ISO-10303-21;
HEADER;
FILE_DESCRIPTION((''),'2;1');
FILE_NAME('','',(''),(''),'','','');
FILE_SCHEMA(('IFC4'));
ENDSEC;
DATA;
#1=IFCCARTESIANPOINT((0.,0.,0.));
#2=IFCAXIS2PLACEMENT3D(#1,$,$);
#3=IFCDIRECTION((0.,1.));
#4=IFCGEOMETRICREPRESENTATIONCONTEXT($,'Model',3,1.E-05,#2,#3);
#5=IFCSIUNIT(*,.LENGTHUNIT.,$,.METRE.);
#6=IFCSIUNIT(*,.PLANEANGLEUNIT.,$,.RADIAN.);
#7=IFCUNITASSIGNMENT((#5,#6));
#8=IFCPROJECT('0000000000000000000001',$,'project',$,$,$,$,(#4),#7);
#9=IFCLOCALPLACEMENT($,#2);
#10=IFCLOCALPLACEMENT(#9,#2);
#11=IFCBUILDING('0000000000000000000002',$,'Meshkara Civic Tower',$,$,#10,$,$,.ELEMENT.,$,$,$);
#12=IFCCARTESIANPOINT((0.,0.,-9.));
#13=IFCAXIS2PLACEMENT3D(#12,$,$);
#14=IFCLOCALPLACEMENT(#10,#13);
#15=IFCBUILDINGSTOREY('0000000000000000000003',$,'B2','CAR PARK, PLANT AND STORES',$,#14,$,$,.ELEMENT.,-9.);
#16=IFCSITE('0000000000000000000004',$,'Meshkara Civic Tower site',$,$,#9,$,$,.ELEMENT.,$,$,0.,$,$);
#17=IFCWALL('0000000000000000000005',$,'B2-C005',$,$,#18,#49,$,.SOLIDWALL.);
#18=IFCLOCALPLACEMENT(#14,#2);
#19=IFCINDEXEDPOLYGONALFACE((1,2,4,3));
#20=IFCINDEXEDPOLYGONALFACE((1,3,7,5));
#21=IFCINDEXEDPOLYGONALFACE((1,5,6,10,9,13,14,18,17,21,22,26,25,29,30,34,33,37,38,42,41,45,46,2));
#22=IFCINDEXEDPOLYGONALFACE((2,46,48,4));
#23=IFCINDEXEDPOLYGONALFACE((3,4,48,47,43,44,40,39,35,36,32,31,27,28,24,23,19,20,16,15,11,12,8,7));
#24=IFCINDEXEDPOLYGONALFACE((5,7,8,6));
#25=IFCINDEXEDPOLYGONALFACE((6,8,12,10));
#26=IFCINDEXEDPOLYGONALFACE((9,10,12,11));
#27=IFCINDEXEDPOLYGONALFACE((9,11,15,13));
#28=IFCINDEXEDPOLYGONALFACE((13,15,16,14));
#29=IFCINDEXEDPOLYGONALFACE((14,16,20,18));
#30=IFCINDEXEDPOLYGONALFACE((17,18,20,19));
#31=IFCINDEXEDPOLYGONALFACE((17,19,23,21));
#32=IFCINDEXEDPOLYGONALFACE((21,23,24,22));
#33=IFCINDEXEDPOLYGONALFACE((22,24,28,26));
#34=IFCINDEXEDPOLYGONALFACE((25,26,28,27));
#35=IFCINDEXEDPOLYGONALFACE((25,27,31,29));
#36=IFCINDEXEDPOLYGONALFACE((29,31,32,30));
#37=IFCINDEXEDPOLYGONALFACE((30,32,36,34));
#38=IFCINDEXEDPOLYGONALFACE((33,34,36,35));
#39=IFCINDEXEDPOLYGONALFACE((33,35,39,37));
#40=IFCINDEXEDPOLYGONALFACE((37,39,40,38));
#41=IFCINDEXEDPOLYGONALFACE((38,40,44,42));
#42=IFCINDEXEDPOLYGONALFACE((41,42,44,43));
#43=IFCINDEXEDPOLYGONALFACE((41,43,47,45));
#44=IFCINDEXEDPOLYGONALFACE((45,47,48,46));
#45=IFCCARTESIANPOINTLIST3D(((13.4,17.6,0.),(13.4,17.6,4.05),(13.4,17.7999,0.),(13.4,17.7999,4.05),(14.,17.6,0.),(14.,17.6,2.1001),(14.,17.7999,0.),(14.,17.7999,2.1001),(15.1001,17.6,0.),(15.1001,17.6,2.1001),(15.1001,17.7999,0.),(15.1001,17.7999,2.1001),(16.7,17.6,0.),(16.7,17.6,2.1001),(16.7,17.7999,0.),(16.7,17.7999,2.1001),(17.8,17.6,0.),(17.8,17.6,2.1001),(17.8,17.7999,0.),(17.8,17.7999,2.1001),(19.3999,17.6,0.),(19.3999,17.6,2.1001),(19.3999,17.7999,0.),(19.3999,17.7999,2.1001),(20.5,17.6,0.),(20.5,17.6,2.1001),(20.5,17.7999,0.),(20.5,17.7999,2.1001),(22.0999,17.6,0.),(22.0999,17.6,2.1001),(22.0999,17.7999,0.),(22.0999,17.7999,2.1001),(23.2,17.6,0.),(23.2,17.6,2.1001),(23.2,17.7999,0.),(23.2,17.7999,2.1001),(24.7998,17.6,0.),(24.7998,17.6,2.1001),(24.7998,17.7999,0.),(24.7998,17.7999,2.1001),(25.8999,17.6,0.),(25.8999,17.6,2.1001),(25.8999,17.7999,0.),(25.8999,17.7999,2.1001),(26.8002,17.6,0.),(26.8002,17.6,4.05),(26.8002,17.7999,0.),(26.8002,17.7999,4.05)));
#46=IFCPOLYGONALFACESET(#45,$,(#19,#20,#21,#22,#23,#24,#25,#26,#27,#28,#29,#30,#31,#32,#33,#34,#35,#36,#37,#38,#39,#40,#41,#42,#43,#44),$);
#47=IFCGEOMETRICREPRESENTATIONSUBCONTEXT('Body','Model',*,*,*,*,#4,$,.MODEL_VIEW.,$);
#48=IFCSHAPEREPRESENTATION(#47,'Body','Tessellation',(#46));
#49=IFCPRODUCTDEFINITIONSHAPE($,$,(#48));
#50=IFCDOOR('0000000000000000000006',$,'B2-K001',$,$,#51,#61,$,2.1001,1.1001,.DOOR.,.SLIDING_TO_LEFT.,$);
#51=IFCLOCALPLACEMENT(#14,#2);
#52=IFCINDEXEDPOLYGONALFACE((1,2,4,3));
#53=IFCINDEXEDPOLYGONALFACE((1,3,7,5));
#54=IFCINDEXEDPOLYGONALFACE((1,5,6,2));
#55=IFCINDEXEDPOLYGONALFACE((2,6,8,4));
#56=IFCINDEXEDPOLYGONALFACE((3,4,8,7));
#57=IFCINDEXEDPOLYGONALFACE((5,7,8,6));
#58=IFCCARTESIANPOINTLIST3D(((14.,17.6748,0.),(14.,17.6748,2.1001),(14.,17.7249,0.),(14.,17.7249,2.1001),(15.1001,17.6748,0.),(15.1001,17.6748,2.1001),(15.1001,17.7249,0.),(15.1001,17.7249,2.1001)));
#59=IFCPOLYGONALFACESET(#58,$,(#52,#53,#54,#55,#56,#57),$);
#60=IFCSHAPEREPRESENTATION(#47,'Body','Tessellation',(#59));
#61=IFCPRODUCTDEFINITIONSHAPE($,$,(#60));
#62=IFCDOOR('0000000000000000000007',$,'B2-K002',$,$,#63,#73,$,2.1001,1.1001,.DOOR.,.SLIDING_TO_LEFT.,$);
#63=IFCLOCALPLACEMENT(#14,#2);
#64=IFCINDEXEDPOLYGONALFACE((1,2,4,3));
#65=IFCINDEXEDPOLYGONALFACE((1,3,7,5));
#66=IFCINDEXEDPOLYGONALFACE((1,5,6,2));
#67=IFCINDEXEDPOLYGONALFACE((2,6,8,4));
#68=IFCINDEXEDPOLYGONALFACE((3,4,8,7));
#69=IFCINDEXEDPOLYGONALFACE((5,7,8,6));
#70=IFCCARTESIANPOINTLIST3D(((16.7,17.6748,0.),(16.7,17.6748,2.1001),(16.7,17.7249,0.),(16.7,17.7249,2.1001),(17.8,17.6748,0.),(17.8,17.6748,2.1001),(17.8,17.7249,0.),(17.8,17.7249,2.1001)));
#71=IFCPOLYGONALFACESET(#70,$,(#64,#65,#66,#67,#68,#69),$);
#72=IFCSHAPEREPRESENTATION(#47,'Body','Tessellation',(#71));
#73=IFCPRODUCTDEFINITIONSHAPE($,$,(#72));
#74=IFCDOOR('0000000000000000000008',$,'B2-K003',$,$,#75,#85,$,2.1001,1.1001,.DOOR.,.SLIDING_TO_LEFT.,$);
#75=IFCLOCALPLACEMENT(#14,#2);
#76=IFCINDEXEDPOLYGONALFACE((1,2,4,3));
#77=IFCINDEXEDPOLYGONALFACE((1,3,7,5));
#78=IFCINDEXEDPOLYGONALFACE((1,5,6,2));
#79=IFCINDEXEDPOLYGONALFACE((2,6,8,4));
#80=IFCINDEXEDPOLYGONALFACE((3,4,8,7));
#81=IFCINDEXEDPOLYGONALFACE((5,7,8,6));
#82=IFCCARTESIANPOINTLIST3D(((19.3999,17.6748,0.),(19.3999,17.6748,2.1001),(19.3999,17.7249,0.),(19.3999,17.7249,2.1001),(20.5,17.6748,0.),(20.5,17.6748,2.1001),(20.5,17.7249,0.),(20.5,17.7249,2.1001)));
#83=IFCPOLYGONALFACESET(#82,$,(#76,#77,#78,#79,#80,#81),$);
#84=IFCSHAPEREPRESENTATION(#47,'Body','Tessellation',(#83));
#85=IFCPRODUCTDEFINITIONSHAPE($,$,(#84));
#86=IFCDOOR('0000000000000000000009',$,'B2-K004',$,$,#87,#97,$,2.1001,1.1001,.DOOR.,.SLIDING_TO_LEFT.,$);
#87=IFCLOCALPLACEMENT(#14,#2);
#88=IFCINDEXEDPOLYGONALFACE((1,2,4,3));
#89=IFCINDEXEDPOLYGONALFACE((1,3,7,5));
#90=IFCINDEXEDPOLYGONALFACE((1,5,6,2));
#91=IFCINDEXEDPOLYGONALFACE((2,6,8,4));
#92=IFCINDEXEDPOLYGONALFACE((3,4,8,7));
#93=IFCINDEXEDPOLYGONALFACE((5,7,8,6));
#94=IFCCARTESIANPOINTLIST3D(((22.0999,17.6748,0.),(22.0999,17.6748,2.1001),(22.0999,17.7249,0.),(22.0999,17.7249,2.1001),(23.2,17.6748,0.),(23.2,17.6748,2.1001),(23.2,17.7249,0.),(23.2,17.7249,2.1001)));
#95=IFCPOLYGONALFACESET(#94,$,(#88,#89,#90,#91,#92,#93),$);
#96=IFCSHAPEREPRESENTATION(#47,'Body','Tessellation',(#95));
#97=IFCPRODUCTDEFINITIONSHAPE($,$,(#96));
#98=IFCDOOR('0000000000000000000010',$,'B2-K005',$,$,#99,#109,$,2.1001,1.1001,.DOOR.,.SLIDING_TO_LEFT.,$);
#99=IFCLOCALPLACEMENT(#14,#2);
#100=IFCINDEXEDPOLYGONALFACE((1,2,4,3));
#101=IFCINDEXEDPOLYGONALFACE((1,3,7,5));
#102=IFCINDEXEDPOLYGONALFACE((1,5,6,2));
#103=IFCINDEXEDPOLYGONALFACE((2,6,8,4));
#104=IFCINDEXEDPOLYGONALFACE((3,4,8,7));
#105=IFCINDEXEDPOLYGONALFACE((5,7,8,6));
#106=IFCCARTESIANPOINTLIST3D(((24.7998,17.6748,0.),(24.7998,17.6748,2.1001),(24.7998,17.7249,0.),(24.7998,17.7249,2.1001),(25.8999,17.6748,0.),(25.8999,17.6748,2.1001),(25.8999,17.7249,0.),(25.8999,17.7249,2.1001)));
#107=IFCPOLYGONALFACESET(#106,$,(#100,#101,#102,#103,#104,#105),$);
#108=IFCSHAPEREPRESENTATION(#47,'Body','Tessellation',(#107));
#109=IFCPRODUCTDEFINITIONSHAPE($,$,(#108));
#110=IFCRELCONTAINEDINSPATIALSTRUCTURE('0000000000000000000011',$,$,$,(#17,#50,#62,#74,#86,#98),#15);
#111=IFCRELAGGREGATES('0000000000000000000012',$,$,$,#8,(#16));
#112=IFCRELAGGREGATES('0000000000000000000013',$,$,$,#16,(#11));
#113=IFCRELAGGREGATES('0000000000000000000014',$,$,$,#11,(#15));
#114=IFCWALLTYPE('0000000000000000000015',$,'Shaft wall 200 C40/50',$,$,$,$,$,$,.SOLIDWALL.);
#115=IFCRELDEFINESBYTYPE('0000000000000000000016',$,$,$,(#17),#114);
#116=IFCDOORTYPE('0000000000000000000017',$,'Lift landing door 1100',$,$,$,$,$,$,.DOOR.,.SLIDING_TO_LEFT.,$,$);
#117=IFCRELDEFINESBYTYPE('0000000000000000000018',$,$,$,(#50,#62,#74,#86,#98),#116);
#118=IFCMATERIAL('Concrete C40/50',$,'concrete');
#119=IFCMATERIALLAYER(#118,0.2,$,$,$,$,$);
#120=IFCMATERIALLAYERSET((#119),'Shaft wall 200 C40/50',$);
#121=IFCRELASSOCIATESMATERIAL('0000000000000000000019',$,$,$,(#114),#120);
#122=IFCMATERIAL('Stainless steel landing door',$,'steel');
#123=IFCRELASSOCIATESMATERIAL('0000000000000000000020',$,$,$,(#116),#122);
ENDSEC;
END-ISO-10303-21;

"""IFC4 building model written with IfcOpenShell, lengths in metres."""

from ifc_helpers import new_model, si_unit, direction, frame, frame_2d, origin, place, context, subcontext, project, spatial, rectangle, extrude, material, layer, layer_set, type_object, element, fill, save


model = new_model("IFC4")

# Units and contexts
model_context = context("Model", 3, precision=1e-05, world=origin(), true_north=direction((0.0, 1.0)))
body_context = subcontext(model_context, "Body", "Model", "MODEL_VIEW")
ifc_project = project(units=[si_unit("LENGTHUNIT", "METRE"), si_unit("PLANEANGLEUNIT", "RADIAN")], contexts=[model_context])

# Site, building, storey
site_placement = place(None, origin())
site = spatial("IfcSite", under=ifc_project, at=site_placement, Name="Meshkara Civic Tower site", CompositionType="ELEMENT", RefElevation=0.0)
building_placement = place(site_placement, origin())
building = spatial("IfcBuilding", under=site, at=building_placement, Name="Meshkara Civic Tower", CompositionType="ELEMENT")
storey_placement = place(building_placement, frame((0.0, 0.0, -9.0)))
storey = spatial("IfcBuildingStorey", under=building, at=storey_placement, Name="B2", Description="CAR PARK, PLANT AND STORES", CompositionType="ELEMENT", Elevation=-9.0)

# Wall, openings, doors
ifc_material_1 = material(Name="Concrete C40/50", Category="concrete")
ifc_layer_1 = layer(ifc_material_1, 0.2)
ifc_layer_set_1 = layer_set([ifc_layer_1], Name="Shaft wall 200 C40/50")
wall_type_1 = type_object("IfcWallType", Name="Shaft wall 200 C40/50", PredefinedType="SOLIDWALL", material=ifc_layer_set_1)
wall_1_placement = place(storey_placement, frame((13.3999, 17.7, 0.0), z_axis=(0.0, 0.0, 1.0), x_axis=(1.0, 0.0, 0.0)))
wall_1 = element("IfcWall", 1, at=wall_1_placement, inside=storey, type_object=wall_type_1, Name="B2-C005", PredefinedType="SOLIDWALL", context=body_context, shape_type="SweptSolid", body=[
    extrude(rectangle(XDim=13.4001, YDim=0.2, at=frame_2d((6.7002, 0.0))), origin(), (0.0, 0.0, 1.0), 4.05),
])
opening_1_placement = place(wall_1_placement, frame((0.6001, 0.0, 0.0)))
opening_1 = element("IfcOpeningElement", 2, at=opening_1_placement, cuts=wall_1, PredefinedType="OPENING", context=body_context, shape_type="SweptSolid", body=[
    extrude(rectangle(XDim=1.1001, YDim=2.1001, at=frame_2d((0.55, 1.05))), frame((0.0, 0.1099, 0.0), z_axis=(0.0, -1.0, 0.0), x_axis=(1.0, 0.0, 0.0)), (0.0, 0.0, 1.0), 0.22),
])
opening_2_placement = place(wall_1_placement, frame((3.3, 0.0, 0.0)))
opening_2 = element("IfcOpeningElement", 3, at=opening_2_placement, cuts=wall_1, PredefinedType="OPENING", context=body_context, shape_type="SweptSolid", body=[
    extrude(rectangle(XDim=1.1001, YDim=2.1001, at=frame_2d((0.55, 1.05))), frame((0.0, 0.1099, 0.0), z_axis=(0.0, -1.0, 0.0), x_axis=(1.0, 0.0, 0.0)), (0.0, 0.0, 1.0), 0.22),
])
opening_3_placement = place(wall_1_placement, frame((6.0, 0.0, 0.0)))
opening_3 = element("IfcOpeningElement", 4, at=opening_3_placement, cuts=wall_1, PredefinedType="OPENING", context=body_context, shape_type="SweptSolid", body=[
    extrude(rectangle(XDim=1.1001, YDim=2.1001, at=frame_2d((0.55, 1.05))), frame((0.0, 0.1099, 0.0), z_axis=(0.0, -1.0, 0.0), x_axis=(1.0, 0.0, 0.0)), (0.0, 0.0, 1.0), 0.22),
])
opening_4_placement = place(wall_1_placement, frame((8.7, 0.0, 0.0)))
opening_4 = element("IfcOpeningElement", 5, at=opening_4_placement, cuts=wall_1, PredefinedType="OPENING", context=body_context, shape_type="SweptSolid", body=[
    extrude(rectangle(XDim=1.1001, YDim=2.1001, at=frame_2d((0.55, 1.05))), frame((0.0, 0.1099, 0.0), z_axis=(0.0, -1.0, 0.0), x_axis=(1.0, 0.0, 0.0)), (0.0, 0.0, 1.0), 0.22),
])
opening_5_placement = place(wall_1_placement, frame((11.3999, 0.0, 0.0)))
opening_5 = element("IfcOpeningElement", 6, at=opening_5_placement, cuts=wall_1, PredefinedType="OPENING", context=body_context, shape_type="SweptSolid", body=[
    extrude(rectangle(XDim=1.1001, YDim=2.1001, at=frame_2d((0.55, 1.05))), frame((0.0, 0.1099, 0.0), z_axis=(0.0, -1.0, 0.0), x_axis=(1.0, 0.0, 0.0)), (0.0, 0.0, 1.0), 0.22),
])
ifc_material_2 = material(Name="Stainless steel landing door", Category="steel")
door_type_1 = type_object("IfcDoorType", Name="Lift landing door 1100", OperationType="SLIDING_TO_LEFT", PredefinedType="DOOR", material=ifc_material_2)
door_1_placement = place(opening_1_placement, origin())
door_1 = element("IfcDoor", 7, at=door_1_placement, inside=storey, type_object=door_type_1, Name="B2-K001", OperationType="SLIDING_TO_LEFT", OverallHeight=2.1001, OverallWidth=1.1001, PredefinedType="DOOR", context=body_context, shape_type="SweptSolid", body=[
    extrude(rectangle(XDim=1.1001, YDim=2.1001, at=frame_2d((0.55, 1.05))), frame((0.0, 0.0249, 0.0), z_axis=(0.0, -1.0, 0.0), x_axis=(1.0, 0.0, 0.0)), (0.0, 0.0, 1.0), 0.05),
])
fill(opening_1, door_1)
door_2_placement = place(opening_2_placement, origin())
door_2 = element("IfcDoor", 8, at=door_2_placement, inside=storey, type_object=door_type_1, Name="B2-K002", OperationType="SLIDING_TO_LEFT", OverallHeight=2.1001, OverallWidth=1.1001, PredefinedType="DOOR", context=body_context, shape_type="SweptSolid", body=[
    extrude(rectangle(XDim=1.1001, YDim=2.1001, at=frame_2d((0.55, 1.05))), frame((0.0, 0.0249, 0.0), z_axis=(0.0, -1.0, 0.0), x_axis=(1.0, 0.0, 0.0)), (0.0, 0.0, 1.0), 0.05),
])
fill(opening_2, door_2)
door_3_placement = place(opening_3_placement, origin())
door_3 = element("IfcDoor", 9, at=door_3_placement, inside=storey, type_object=door_type_1, Name="B2-K003", OperationType="SLIDING_TO_LEFT", OverallHeight=2.1001, OverallWidth=1.1001, PredefinedType="DOOR", context=body_context, shape_type="SweptSolid", body=[
    extrude(rectangle(XDim=1.1001, YDim=2.1001, at=frame_2d((0.55, 1.05))), frame((0.0, 0.0249, 0.0), z_axis=(0.0, -1.0, 0.0), x_axis=(1.0, 0.0, 0.0)), (0.0, 0.0, 1.0), 0.05),
])
fill(opening_3, door_3)
door_4_placement = place(opening_4_placement, origin())
door_4 = element("IfcDoor", 10, at=door_4_placement, inside=storey, type_object=door_type_1, Name="B2-K004", OperationType="SLIDING_TO_LEFT", OverallHeight=2.1001, OverallWidth=1.1001, PredefinedType="DOOR", context=body_context, shape_type="SweptSolid", body=[
    extrude(rectangle(XDim=1.1001, YDim=2.1001, at=frame_2d((0.55, 1.05))), frame((0.0, 0.0249, 0.0), z_axis=(0.0, -1.0, 0.0), x_axis=(1.0, 0.0, 0.0)), (0.0, 0.0, 1.0), 0.05),
])
fill(opening_4, door_4)
door_5_placement = place(opening_5_placement, origin())
door_5 = element("IfcDoor", 11, at=door_5_placement, inside=storey, type_object=door_type_1, Name="B2-K005", OperationType="SLIDING_TO_LEFT", OverallHeight=2.1001, OverallWidth=1.1001, PredefinedType="DOOR", context=body_context, shape_type="SweptSolid", body=[
    extrude(rectangle(XDim=1.1001, YDim=2.1001, at=frame_2d((0.55, 1.05))), frame((0.0, 0.0249, 0.0), z_axis=(0.0, -1.0, 0.0), x_axis=(1.0, 0.0, 0.0)), (0.0, 0.0, 1.0), 0.05),
])
fill(opening_5, door_5)

save(model, "model.ifc")
